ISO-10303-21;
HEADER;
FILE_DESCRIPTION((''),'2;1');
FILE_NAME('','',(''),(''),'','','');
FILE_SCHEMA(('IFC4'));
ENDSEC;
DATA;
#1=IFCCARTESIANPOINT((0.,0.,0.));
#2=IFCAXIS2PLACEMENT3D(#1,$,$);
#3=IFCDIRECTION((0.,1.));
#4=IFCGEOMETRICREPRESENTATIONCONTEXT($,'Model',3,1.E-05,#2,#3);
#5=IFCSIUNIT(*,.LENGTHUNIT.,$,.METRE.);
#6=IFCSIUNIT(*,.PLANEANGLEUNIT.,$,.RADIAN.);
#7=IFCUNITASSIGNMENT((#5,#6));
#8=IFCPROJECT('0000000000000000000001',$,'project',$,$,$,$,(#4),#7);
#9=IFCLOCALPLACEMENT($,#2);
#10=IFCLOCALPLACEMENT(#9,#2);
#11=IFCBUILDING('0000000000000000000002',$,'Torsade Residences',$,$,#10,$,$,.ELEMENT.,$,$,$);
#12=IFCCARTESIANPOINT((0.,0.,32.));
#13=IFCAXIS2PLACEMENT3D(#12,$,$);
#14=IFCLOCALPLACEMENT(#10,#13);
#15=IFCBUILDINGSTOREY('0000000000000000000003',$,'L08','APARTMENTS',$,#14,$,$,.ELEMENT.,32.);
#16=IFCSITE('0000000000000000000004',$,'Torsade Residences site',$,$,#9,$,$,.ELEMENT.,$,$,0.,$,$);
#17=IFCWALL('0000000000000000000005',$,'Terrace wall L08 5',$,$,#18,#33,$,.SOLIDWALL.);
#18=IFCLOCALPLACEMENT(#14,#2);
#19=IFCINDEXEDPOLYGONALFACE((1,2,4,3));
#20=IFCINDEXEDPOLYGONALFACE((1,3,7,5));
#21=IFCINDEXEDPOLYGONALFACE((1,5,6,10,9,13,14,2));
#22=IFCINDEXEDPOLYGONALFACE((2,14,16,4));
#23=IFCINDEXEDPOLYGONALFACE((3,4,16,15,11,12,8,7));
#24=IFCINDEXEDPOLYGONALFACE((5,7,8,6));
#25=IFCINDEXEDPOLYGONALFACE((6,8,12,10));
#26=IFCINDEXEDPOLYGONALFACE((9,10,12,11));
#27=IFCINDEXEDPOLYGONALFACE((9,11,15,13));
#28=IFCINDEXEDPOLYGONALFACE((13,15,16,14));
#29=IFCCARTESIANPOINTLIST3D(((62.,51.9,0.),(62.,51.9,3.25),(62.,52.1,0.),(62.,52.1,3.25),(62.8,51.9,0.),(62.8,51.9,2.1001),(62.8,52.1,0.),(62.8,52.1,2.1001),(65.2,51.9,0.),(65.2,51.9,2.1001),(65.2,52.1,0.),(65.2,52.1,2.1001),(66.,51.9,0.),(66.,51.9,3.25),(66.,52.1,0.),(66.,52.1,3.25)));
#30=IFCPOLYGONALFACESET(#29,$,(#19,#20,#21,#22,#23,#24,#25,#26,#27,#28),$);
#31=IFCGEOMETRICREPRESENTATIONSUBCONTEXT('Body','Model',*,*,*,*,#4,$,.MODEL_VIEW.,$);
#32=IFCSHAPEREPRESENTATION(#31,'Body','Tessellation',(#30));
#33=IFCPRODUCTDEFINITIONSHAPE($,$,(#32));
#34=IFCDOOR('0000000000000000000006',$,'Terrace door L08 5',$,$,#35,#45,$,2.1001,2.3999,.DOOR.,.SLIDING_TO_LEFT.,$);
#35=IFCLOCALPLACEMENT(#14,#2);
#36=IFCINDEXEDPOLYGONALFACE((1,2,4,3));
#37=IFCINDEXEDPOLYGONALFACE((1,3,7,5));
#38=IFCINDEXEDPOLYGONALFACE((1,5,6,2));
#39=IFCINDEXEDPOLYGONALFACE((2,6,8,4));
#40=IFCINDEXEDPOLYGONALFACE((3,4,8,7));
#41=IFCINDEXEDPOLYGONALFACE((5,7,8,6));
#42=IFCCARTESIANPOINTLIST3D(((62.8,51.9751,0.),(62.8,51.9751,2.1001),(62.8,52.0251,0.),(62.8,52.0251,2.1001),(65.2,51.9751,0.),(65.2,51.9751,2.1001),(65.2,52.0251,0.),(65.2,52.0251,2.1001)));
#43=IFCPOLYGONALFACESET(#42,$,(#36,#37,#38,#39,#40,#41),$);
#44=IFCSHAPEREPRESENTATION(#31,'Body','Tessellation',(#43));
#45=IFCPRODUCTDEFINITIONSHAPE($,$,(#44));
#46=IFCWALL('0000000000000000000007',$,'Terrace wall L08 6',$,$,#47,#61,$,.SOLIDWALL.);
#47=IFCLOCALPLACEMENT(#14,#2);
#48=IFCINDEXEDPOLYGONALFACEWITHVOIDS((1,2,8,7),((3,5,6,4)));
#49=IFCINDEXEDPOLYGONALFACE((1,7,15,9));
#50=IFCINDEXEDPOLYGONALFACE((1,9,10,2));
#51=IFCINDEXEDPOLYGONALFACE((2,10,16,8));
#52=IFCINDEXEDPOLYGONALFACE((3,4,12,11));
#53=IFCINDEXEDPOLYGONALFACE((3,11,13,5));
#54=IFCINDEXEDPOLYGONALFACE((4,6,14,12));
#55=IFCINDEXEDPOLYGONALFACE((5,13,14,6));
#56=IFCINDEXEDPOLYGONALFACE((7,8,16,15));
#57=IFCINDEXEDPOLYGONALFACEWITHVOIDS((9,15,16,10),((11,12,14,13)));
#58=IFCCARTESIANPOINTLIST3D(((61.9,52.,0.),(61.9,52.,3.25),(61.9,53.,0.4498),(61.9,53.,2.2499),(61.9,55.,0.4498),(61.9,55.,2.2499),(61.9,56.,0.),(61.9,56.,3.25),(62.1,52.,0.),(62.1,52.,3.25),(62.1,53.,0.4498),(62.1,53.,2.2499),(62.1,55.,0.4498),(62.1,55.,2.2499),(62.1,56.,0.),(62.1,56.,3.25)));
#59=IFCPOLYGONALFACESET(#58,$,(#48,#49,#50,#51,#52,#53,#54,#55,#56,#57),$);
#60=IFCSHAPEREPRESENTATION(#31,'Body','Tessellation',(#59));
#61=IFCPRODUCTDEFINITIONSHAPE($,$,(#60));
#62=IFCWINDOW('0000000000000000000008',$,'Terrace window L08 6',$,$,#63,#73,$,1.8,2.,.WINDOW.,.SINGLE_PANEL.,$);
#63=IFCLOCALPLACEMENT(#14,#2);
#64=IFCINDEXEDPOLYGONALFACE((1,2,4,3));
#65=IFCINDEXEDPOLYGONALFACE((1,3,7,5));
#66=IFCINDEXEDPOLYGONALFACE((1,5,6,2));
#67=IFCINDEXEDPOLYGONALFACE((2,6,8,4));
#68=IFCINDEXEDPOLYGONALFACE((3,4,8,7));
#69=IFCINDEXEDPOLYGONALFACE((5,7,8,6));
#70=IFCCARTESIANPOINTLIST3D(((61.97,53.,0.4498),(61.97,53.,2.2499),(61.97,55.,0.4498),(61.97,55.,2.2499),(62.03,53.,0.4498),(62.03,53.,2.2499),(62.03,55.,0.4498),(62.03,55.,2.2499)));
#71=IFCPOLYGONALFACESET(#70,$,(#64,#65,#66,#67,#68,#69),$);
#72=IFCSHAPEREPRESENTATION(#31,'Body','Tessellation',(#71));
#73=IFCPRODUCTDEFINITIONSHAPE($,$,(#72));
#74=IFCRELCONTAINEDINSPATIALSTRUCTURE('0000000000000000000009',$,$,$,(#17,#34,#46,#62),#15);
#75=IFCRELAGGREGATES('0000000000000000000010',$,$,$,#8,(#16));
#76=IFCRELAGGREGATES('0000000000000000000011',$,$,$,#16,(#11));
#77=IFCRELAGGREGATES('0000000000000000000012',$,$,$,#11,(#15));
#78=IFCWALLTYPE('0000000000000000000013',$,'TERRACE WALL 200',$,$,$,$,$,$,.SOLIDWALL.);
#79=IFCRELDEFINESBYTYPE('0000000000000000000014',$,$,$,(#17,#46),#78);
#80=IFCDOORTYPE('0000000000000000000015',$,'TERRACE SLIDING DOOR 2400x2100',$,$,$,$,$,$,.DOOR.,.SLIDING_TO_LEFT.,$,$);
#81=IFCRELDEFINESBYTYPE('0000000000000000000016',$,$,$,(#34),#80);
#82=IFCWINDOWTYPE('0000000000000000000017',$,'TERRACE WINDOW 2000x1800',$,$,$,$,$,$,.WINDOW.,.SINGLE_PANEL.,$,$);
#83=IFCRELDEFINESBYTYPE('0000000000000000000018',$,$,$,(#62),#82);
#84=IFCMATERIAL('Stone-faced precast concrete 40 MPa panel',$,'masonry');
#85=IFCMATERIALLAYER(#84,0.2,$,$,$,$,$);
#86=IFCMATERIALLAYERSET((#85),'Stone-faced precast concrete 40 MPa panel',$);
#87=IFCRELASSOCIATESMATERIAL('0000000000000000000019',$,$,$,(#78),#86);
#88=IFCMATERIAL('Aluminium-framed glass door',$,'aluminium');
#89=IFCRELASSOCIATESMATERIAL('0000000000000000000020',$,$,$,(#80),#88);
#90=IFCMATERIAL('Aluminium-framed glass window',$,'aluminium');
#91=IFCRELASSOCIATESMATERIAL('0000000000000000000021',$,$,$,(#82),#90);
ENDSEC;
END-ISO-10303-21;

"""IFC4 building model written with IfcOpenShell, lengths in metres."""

from ifc_helpers import new_model, si_unit, direction, frame, frame_2d, origin, place, context, subcontext, project, spatial, rectangle, extrude, material, layer, layer_set, type_object, element, fill, save


model = new_model("IFC4")

# Units and contexts
model_context = context("Model", 3, precision=1e-05, world=origin(), true_north=direction((0.0, 1.0)))
body_context = subcontext(model_context, "Body", "Model", "MODEL_VIEW")
ifc_project = project(units=[si_unit("LENGTHUNIT", "METRE"), si_unit("PLANEANGLEUNIT", "RADIAN")], contexts=[model_context])

# Site, building, storey
site_placement = place(None, origin())
site = spatial("IfcSite", under=ifc_project, at=site_placement, Name="Torsade Residences site", CompositionType="ELEMENT", RefElevation=0.0)
building_placement = place(site_placement, origin())
building = spatial("IfcBuilding", under=site, at=building_placement, Name="Torsade Residences", CompositionType="ELEMENT")
storey_placement = place(building_placement, frame((0.0, 0.0, 32.0)))
storey = spatial("IfcBuildingStorey", under=building, at=storey_placement, Name="L08", Description="APARTMENTS", CompositionType="ELEMENT", Elevation=32.0)

# Wall, opening, door
ifc_material_1 = material(Name="Stone-faced precast concrete 40 MPa panel", Category="masonry")
ifc_layer_1 = layer(ifc_material_1, 0.2)
ifc_layer_set_1 = layer_set([ifc_layer_1], Name="Stone-faced precast concrete 40 MPa panel")
wall_type = type_object("IfcWallType", Name="TERRACE WALL 200", PredefinedType="SOLIDWALL", material=ifc_layer_set_1)
wall_1_placement = place(storey_placement, frame((66.0, 52.0, 0.0), z_axis=(0.0, 0.0, 1.0), x_axis=(-1.0, 0.0, 0.0)))
wall_1 = element("IfcWall", 1, at=wall_1_placement, inside=storey, type_object=wall_type, Name="Terrace wall L08 5", PredefinedType="SOLIDWALL", context=body_context, shape_type="SweptSolid", body=[
    extrude(rectangle(XDim=4.0, YDim=0.2, at=frame_2d((2.0, 0.0))), origin(), (0.0, 0.0, 1.0), 3.25),
])
opening_1_placement = place(wall_1_placement, frame((0.8, 0.0, 0.0)))
opening_1 = element("IfcOpeningElement", 2, at=opening_1_placement, cuts=wall_1, PredefinedType="OPENING", context=body_context, shape_type="SweptSolid", body=[
    extrude(rectangle(XDim=2.3999, YDim=2.1001, at=frame_2d((1.2, 1.05))), frame((0.0, 0.1099, 0.0), z_axis=(0.0, -1.0, 0.0), x_axis=(1.0, 0.0, 0.0)), (0.0, 0.0, 1.0), 0.22),
])
ifc_material_2 = material(Name="Aluminium-framed glass door", Category="aluminium")
door_type = type_object("IfcDoorType", Name="TERRACE SLIDING DOOR 2400x2100", OperationType="SLIDING_TO_LEFT", PredefinedType="DOOR", material=ifc_material_2)
door_placement = place(opening_1_placement, origin())
door = element("IfcDoor", 3, at=door_placement, inside=storey, type_object=door_type, Name="Terrace door L08 5", OperationType="SLIDING_TO_LEFT", OverallHeight=2.1001, OverallWidth=2.3999, PredefinedType="DOOR", context=body_context, shape_type="SweptSolid", body=[
    extrude(rectangle(XDim=2.3999, YDim=2.1001, at=frame_2d((1.2, 1.05))), frame((0.0, 0.0249, 0.0), z_axis=(0.0, -1.0, 0.0), x_axis=(1.0, 0.0, 0.0)), (0.0, 0.0, 1.0), 0.05),
])
fill(opening_1, door)

# Wall, opening, window
wall_2_placement = place(storey_placement, frame((62.0, 52.0, 0.0), z_axis=(0.0, 0.0, 1.0), x_axis=(0.0, 1.0, 0.0)))
wall_2 = element("IfcWall", 4, at=wall_2_placement, inside=storey, type_object=wall_type, Name="Terrace wall L08 6", PredefinedType="SOLIDWALL", context=body_context, shape_type="SweptSolid", body=[
    extrude(rectangle(XDim=4.0, YDim=0.2, at=frame_2d((2.0, 0.0))), origin(), (0.0, 0.0, 1.0), 3.25),
])
opening_2_placement = place(wall_2_placement, frame((1.0, 0.0, 0.45)))
opening_2 = element("IfcOpeningElement", 5, at=opening_2_placement, cuts=wall_2, PredefinedType="OPENING", context=body_context, shape_type="SweptSolid", body=[
    extrude(rectangle(XDim=2.0, YDim=1.8, at=frame_2d((1.0, 0.8999))), frame((0.0, 0.1099, 0.0), z_axis=(0.0, -1.0, 0.0), x_axis=(1.0, 0.0, 0.0)), (0.0, 0.0, 1.0), 0.22),
])
ifc_material_3 = material(Name="Aluminium-framed glass window", Category="aluminium")
window_type = type_object("IfcWindowType", Name="TERRACE WINDOW 2000x1800", PartitioningType="SINGLE_PANEL", PredefinedType="WINDOW", material=ifc_material_3)
window_placement = place(opening_2_placement, origin())
window = element("IfcWindow", 6, at=window_placement, inside=storey, type_object=window_type, Name="Terrace window L08 6", OverallHeight=1.8, OverallWidth=2.0, PartitioningType="SINGLE_PANEL", PredefinedType="WINDOW", context=body_context, shape_type="SweptSolid", body=[
    extrude(rectangle(XDim=2.0, YDim=1.8, at=frame_2d((1.0, 0.8999))), frame((0.0, 0.03, 0.0), z_axis=(0.0, -1.0, 0.0), x_axis=(1.0, 0.0, 0.0)), (0.0, 0.0, 1.0), 0.0601),
])
fill(opening_2, window)

save(model, "model.ifc")
